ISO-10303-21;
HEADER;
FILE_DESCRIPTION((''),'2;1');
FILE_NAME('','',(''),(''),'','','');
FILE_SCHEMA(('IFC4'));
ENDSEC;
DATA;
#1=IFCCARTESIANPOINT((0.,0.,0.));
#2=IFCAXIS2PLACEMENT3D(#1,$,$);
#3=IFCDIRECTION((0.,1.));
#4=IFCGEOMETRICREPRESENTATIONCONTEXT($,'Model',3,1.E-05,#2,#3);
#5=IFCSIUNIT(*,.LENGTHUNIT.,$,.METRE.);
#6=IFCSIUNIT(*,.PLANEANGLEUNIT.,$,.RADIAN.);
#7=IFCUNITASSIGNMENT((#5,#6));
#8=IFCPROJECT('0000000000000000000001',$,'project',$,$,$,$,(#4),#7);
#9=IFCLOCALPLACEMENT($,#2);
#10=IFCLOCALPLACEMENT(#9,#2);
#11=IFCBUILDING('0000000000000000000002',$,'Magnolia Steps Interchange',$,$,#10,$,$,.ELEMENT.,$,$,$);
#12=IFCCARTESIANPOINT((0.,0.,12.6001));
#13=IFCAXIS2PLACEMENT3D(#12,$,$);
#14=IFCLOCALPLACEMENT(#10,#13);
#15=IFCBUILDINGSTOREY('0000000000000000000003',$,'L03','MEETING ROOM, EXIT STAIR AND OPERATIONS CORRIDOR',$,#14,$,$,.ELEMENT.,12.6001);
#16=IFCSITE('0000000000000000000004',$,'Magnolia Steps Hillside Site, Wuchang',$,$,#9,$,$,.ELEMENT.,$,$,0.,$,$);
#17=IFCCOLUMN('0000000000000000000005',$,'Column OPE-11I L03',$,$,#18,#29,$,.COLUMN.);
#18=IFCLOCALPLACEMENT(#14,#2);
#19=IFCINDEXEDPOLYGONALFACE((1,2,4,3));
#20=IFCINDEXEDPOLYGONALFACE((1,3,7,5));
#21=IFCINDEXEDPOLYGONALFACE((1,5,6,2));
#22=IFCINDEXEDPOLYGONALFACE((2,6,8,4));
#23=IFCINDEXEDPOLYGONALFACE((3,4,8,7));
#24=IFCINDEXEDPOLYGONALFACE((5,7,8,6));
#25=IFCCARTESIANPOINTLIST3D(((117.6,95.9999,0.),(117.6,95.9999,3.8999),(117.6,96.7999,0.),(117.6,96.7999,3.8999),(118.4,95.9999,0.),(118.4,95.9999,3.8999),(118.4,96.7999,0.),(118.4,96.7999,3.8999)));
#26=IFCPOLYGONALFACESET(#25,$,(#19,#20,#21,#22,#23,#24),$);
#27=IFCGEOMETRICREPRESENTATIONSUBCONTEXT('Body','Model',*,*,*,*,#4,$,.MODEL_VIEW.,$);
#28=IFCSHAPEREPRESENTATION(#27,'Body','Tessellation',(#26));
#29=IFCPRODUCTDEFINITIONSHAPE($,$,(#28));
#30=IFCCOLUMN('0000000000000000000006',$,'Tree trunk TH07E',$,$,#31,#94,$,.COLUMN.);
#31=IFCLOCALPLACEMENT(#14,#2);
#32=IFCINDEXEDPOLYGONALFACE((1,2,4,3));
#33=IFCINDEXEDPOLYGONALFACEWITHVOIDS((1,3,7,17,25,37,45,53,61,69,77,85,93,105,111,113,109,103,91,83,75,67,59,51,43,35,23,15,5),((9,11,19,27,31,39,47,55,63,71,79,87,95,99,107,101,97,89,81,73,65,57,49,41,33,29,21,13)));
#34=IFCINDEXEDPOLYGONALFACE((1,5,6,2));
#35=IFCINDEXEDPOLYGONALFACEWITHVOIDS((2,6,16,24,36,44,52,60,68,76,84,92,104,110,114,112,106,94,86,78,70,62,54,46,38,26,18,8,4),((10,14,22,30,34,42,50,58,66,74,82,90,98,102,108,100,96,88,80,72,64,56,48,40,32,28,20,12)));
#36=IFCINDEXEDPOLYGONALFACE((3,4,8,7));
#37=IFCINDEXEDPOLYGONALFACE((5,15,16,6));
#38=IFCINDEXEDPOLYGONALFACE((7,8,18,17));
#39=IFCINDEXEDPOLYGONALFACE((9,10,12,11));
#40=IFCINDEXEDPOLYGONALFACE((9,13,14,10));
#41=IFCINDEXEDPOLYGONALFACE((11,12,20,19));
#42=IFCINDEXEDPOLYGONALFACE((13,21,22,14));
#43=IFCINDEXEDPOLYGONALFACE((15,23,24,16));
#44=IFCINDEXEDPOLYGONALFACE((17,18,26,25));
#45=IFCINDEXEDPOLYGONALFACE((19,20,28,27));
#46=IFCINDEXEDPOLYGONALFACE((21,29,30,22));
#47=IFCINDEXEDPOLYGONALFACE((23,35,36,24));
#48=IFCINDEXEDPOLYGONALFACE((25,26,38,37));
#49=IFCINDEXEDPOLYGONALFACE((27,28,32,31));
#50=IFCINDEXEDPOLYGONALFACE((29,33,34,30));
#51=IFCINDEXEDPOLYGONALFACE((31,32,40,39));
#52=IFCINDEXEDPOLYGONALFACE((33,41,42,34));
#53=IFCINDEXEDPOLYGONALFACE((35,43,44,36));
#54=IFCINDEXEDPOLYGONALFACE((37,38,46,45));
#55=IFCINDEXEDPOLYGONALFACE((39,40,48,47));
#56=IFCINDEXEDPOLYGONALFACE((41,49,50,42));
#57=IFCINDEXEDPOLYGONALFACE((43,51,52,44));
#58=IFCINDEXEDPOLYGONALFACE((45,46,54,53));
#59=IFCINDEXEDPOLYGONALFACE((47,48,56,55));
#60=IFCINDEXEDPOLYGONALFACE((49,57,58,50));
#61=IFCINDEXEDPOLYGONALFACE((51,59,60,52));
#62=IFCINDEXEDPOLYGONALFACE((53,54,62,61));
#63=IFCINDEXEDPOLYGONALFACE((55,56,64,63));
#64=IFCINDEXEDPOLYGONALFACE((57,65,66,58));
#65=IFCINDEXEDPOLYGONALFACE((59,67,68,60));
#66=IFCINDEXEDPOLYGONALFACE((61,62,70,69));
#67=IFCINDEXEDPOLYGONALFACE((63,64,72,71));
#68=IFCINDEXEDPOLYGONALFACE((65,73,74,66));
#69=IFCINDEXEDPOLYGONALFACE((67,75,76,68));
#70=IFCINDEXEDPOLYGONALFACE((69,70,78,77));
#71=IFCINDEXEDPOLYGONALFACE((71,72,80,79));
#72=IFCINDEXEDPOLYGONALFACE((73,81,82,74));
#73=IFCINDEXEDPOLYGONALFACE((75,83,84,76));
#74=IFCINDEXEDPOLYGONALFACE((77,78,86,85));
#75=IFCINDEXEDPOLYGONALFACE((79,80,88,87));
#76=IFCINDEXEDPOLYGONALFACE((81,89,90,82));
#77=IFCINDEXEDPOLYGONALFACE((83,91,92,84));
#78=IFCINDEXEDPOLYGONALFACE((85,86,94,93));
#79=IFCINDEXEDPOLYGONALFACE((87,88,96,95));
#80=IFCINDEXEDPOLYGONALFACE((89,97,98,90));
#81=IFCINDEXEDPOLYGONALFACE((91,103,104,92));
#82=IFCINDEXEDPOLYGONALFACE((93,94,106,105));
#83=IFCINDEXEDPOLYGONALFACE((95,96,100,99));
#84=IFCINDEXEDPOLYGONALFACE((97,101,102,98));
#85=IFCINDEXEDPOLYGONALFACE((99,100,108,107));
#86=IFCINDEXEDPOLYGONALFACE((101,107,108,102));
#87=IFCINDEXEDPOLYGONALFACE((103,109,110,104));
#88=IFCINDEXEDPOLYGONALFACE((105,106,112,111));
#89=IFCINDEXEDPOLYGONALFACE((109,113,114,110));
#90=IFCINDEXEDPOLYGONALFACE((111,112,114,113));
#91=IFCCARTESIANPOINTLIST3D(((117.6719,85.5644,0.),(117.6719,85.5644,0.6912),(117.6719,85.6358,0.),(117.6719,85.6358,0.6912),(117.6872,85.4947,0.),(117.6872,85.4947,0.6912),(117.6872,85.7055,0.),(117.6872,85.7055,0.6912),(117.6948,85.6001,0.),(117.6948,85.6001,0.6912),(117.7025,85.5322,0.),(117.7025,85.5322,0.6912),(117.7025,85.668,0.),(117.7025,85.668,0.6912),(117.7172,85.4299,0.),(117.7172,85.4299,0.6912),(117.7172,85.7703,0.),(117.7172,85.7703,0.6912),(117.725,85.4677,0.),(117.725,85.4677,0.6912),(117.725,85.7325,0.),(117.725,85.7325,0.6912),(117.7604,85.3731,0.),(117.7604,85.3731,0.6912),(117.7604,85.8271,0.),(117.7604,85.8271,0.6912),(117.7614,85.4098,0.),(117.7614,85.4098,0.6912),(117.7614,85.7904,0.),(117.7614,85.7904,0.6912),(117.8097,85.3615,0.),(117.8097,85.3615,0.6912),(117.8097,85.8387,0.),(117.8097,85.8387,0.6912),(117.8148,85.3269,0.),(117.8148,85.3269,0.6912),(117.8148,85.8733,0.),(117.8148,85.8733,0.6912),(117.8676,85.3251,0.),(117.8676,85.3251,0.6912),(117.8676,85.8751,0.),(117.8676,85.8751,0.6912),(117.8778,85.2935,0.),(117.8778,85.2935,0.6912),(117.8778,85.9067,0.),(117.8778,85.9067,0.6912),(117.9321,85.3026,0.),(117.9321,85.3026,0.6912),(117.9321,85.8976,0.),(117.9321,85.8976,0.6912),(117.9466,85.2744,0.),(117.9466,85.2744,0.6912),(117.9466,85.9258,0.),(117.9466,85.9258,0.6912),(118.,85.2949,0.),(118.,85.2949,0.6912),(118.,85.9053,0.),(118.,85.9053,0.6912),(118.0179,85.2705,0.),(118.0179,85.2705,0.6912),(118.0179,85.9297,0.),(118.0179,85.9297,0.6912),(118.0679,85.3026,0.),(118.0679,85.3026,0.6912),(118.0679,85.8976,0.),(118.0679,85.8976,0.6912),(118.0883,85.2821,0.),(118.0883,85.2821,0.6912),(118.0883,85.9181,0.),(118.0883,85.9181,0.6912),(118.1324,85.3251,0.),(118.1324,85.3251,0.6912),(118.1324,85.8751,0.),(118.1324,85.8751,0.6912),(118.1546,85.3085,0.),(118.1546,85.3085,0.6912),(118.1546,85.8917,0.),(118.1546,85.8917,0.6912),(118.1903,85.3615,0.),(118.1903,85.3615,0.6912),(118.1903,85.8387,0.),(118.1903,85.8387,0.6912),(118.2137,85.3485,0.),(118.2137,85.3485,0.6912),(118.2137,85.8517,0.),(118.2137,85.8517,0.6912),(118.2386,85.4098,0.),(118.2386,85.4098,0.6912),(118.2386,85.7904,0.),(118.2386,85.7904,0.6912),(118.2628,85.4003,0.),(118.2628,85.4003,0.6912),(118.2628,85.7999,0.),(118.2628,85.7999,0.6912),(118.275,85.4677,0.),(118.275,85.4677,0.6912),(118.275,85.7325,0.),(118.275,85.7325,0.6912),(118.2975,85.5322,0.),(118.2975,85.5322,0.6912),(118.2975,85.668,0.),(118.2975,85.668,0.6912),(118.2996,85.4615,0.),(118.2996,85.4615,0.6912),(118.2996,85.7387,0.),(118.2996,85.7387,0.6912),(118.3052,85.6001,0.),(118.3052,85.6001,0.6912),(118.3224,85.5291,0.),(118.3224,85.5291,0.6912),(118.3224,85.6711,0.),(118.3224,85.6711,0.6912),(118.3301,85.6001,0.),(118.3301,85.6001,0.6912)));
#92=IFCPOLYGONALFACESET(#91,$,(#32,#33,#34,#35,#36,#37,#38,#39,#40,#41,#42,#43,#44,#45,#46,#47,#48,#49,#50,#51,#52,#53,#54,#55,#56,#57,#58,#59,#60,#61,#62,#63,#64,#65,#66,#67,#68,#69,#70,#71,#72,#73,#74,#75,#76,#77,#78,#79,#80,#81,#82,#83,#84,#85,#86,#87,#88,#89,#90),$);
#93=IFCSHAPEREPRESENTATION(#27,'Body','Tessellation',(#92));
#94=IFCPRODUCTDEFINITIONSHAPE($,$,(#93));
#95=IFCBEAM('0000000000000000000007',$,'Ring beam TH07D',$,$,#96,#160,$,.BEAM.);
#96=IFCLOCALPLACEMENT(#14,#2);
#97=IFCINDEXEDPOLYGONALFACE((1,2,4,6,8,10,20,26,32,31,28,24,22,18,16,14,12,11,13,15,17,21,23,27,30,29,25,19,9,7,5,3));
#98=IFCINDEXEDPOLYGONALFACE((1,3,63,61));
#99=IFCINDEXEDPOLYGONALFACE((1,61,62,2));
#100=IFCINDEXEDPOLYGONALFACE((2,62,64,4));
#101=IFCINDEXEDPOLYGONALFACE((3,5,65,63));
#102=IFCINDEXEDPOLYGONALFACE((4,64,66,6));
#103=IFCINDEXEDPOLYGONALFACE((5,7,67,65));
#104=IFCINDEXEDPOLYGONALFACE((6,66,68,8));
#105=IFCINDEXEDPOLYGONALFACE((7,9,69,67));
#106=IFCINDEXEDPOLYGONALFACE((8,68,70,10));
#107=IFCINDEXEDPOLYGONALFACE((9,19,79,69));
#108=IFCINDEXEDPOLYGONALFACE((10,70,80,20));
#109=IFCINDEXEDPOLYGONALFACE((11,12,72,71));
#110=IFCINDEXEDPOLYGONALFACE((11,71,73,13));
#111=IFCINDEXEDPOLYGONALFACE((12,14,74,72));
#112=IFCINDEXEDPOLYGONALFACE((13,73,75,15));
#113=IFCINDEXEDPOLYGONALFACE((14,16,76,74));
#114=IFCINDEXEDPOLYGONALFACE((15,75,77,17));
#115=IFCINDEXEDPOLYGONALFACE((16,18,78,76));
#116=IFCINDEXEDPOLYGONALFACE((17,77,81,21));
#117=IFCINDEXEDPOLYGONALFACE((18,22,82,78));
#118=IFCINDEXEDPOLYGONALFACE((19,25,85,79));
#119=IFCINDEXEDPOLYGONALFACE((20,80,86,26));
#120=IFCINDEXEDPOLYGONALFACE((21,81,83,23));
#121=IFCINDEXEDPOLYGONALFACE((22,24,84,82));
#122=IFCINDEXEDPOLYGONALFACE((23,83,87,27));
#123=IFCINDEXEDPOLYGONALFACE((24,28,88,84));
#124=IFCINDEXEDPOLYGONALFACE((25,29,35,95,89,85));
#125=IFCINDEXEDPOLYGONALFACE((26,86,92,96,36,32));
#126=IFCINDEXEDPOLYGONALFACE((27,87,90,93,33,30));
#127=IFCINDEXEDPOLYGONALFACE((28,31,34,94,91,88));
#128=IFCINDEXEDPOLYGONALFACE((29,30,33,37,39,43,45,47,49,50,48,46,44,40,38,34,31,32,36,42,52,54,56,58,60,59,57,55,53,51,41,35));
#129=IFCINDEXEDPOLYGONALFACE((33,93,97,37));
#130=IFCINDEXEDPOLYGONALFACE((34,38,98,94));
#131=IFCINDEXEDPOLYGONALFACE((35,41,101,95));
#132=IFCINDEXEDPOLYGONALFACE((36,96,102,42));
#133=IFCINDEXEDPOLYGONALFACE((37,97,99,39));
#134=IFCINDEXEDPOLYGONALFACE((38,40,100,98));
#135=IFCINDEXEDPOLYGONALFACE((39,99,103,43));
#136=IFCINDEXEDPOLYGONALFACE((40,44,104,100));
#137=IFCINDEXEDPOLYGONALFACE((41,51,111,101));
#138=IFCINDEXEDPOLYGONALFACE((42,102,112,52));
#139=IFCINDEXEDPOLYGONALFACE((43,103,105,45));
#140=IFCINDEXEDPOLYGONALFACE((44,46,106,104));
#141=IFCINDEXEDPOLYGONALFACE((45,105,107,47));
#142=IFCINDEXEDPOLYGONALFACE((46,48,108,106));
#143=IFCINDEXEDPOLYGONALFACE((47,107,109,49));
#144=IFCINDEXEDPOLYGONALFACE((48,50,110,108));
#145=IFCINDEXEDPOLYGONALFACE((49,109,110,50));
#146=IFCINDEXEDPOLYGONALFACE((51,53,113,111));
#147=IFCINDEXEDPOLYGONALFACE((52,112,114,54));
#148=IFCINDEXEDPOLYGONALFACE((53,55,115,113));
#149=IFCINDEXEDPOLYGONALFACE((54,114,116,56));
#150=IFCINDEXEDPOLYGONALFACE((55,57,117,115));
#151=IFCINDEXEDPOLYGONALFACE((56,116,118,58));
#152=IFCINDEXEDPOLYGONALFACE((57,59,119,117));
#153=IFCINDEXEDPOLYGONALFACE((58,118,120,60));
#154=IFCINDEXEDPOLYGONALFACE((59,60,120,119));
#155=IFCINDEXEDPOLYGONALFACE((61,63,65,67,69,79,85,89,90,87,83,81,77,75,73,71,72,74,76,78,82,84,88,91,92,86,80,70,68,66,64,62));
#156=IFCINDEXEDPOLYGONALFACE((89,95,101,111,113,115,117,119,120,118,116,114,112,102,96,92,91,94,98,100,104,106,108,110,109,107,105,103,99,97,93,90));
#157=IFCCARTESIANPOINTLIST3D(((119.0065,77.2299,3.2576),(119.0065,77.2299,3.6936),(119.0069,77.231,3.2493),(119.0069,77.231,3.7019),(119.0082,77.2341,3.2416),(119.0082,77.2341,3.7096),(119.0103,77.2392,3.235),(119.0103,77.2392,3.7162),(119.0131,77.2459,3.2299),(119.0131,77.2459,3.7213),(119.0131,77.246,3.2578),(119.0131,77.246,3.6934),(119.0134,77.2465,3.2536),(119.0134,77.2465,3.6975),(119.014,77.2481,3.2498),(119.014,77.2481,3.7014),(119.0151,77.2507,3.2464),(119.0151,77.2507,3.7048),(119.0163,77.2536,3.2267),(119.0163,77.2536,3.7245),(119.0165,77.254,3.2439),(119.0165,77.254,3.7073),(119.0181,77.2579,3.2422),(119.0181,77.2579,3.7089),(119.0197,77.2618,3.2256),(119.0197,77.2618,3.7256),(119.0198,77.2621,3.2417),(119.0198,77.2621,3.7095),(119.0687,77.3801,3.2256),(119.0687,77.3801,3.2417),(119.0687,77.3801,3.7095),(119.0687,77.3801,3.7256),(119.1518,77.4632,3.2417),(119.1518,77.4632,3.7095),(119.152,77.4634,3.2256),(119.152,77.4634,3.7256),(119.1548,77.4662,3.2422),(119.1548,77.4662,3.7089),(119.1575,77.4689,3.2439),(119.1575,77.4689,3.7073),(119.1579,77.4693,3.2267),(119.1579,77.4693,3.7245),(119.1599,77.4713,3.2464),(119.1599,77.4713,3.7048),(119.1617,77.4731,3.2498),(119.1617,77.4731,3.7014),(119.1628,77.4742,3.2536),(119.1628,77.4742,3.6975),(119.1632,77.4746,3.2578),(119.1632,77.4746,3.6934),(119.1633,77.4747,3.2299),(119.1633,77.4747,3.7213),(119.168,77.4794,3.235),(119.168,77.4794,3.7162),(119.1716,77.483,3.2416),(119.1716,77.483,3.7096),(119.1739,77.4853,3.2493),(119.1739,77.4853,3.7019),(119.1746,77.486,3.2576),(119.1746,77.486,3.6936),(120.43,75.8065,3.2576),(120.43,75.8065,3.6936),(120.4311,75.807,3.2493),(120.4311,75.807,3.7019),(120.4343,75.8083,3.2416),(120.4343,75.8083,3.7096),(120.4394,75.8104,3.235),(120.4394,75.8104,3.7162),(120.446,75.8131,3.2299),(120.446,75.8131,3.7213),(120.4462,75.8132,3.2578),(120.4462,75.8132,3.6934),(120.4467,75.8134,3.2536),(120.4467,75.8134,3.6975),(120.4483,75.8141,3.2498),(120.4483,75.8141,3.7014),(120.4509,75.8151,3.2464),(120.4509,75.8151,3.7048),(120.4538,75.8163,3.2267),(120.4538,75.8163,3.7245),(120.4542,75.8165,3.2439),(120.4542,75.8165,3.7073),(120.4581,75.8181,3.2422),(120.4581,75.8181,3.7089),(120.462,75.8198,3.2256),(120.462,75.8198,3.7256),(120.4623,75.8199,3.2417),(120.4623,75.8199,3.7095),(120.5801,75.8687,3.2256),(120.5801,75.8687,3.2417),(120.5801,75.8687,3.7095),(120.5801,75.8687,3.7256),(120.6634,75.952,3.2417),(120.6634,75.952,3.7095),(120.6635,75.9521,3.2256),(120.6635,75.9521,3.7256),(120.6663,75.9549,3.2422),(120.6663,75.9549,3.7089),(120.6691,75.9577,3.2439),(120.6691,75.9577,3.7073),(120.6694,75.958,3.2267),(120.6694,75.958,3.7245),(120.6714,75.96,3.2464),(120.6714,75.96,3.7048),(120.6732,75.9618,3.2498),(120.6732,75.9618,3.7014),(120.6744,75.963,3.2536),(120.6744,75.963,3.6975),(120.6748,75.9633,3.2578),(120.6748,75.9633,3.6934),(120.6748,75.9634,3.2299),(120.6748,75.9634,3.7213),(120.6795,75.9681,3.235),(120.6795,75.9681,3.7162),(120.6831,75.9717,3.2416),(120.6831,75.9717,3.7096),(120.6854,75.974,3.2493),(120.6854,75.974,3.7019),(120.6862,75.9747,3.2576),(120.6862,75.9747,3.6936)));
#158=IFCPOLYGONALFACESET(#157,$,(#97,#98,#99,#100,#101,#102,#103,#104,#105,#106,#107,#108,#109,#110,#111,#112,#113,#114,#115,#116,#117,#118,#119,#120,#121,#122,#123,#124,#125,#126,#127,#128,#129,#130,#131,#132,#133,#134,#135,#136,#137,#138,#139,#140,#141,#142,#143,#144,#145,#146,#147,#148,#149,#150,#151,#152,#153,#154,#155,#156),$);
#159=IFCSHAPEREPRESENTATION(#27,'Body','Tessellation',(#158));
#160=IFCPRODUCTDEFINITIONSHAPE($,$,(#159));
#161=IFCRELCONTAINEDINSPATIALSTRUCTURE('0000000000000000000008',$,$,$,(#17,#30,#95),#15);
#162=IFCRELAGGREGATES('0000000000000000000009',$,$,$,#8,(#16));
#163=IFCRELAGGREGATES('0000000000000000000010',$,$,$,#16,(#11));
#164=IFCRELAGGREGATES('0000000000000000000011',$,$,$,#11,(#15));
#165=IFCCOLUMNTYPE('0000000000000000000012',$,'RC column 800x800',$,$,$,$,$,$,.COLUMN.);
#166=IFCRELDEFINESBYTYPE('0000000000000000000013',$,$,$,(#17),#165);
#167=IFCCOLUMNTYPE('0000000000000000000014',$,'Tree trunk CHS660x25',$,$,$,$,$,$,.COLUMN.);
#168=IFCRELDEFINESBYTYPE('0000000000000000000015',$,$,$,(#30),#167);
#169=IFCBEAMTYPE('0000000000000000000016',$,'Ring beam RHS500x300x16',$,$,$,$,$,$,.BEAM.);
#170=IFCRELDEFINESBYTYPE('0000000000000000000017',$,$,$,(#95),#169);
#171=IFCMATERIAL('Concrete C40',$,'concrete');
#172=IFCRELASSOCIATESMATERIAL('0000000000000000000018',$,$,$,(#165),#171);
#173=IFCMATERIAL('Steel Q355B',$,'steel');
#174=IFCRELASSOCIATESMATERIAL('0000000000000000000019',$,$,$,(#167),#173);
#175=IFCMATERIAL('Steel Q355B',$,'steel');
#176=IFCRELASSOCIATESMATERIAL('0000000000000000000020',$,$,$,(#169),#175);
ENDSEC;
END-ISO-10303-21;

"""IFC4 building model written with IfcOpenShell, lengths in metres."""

from ifc_helpers import new_model, si_unit, direction, frame, origin, origin_2d, place, context, subcontext, project, spatial, rectangle, hollow_rectangle, hollow_circle, extrude, clip, halfspace, material, material_profile, profile_set, type_object, element, save


model = new_model("IFC4")

# Units and contexts
model_context = context("Model", 3, precision=1e-05, world=origin(), true_north=direction((0.0, 1.0)))
body_context = subcontext(model_context, "Body", "Model", "MODEL_VIEW")
ifc_project = project(units=[si_unit("LENGTHUNIT", "METRE"), si_unit("PLANEANGLEUNIT", "RADIAN")], contexts=[model_context])

# Site, building, storey
site_placement = place(None, origin())
site = spatial("IfcSite", under=ifc_project, at=site_placement, Name="Magnolia Steps Hillside Site, Wuchang", CompositionType="ELEMENT", RefElevation=0.0)
building_placement = place(site_placement, origin())
building = spatial("IfcBuilding", under=site, at=building_placement, Name="Magnolia Steps Interchange", CompositionType="ELEMENT")
storey_placement = place(building_placement, frame((0.0, 0.0, 12.6001)))
storey = spatial("IfcBuildingStorey", under=building, at=storey_placement, Name="L03", Description="MEETING ROOM, EXIT STAIR AND OPERATIONS CORRIDOR", CompositionType="ELEMENT", Elevation=12.6001)

# Columns
ifc_material_1 = material(Name="Concrete C40", Category="concrete")
ifc_material_profile_1 = material_profile(ifc_material_1, rectangle(XDim=0.8, YDim=0.8, at=origin_2d()), Name="RC800x800")
ifc_profile_set_1 = profile_set([ifc_material_profile_1], Name="Concrete C40")
column_type_1 = type_object("IfcColumnType", Name="RC column 800x800", PredefinedType="COLUMN", material=ifc_profile_set_1)
column_1_placement = place(storey_placement, frame((118.0, 96.3999, 0.0), z_axis=(0.0, 0.0, 1.0), x_axis=(1.0, 0.0, 0.0)))
element("IfcColumn", 1, at=column_1_placement, inside=storey, type_object=column_type_1, Name="Column OPE-11I L03", PredefinedType="COLUMN", context=body_context, shape_type="SweptSolid", body=[
    extrude(rectangle(XDim=0.8, YDim=0.8, at=origin_2d()), origin(), (0.0, 0.0, 1.0), 3.8999),
])
ifc_material_2 = material(Name="Steel Q355B", Category="steel")
ifc_material_profile_2 = material_profile(ifc_material_2, hollow_circle(Radius=0.3301, WallThickness=0.0249, at=origin_2d()), Name="CHS660x25")
ifc_profile_set_2 = profile_set([ifc_material_profile_2], Name="Steel Q355B")
column_type_2 = type_object("IfcColumnType", Name="Tree trunk CHS660x25", PredefinedType="COLUMN", material=ifc_profile_set_2)
column_2_placement = place(storey_placement, frame((118.0, 85.6001, 0.0), z_axis=(0.0, 0.0, 1.0), x_axis=(1.0, 0.0, 0.0)))
element("IfcColumn", 2, at=column_2_placement, inside=storey, type_object=column_type_2, Name="Tree trunk TH07E", PredefinedType="COLUMN", context=body_context, shape_type="SweptSolid", body=[
    extrude(hollow_circle(Radius=0.3301, WallThickness=0.0249, at=origin_2d()), origin(), (0.0, 0.0, 1.0), 0.6912),
])

# Beam
ifc_material_3 = material(Name="Steel Q355B", Category="steel")
ifc_material_profile_3 = material_profile(ifc_material_3, hollow_rectangle(XDim=0.3, YDim=0.5, WallThickness=0.0161, InnerFilletRadius=0.0161, OuterFilletRadius=0.032, at=origin_2d()), Name="RHS500x300x16")
ifc_profile_set_3 = profile_set([ifc_material_profile_3], Name="Steel Q355B")
beam_type = type_object("IfcBeamType", Name="Ring beam RHS500x300x16", PredefinedType="BEAM", material=ifc_profile_set_3)
beam_1_placement = place(storey_placement, frame((120.5801, 75.8687, 3.4756), z_axis=(-0.707164, 0.70705, 0.0), x_axis=(-0.70705, -0.707164, 0.0)))
element("IfcBeam", 3, at=beam_1_placement, inside=storey, type_object=beam_type, Name="Ring beam TH07D", PredefinedType="BEAM", context=body_context, shape_type="Clipping", body=[
    clip(clip(extrude(hollow_rectangle(XDim=0.3, YDim=0.5, WallThickness=0.0161, InnerFilletRadius=0.0161, OuterFilletRadius=0.032, at=origin_2d()), origin(), (0.0, 0.0, 1.0), 2.1375), halfspace(frame((0.0, 0.0, 0.0), z_axis=(0.382758, 0.0, -0.923849), x_axis=(0.923849, 0.0, 0.382758)), False)), halfspace(frame((0.0, 0.0, 2.1374), z_axis=(0.382609, 0.0, 0.92391), x_axis=(0.92391, 0.0, -0.382609)), False)),
])

save(model, "model.ifc")
